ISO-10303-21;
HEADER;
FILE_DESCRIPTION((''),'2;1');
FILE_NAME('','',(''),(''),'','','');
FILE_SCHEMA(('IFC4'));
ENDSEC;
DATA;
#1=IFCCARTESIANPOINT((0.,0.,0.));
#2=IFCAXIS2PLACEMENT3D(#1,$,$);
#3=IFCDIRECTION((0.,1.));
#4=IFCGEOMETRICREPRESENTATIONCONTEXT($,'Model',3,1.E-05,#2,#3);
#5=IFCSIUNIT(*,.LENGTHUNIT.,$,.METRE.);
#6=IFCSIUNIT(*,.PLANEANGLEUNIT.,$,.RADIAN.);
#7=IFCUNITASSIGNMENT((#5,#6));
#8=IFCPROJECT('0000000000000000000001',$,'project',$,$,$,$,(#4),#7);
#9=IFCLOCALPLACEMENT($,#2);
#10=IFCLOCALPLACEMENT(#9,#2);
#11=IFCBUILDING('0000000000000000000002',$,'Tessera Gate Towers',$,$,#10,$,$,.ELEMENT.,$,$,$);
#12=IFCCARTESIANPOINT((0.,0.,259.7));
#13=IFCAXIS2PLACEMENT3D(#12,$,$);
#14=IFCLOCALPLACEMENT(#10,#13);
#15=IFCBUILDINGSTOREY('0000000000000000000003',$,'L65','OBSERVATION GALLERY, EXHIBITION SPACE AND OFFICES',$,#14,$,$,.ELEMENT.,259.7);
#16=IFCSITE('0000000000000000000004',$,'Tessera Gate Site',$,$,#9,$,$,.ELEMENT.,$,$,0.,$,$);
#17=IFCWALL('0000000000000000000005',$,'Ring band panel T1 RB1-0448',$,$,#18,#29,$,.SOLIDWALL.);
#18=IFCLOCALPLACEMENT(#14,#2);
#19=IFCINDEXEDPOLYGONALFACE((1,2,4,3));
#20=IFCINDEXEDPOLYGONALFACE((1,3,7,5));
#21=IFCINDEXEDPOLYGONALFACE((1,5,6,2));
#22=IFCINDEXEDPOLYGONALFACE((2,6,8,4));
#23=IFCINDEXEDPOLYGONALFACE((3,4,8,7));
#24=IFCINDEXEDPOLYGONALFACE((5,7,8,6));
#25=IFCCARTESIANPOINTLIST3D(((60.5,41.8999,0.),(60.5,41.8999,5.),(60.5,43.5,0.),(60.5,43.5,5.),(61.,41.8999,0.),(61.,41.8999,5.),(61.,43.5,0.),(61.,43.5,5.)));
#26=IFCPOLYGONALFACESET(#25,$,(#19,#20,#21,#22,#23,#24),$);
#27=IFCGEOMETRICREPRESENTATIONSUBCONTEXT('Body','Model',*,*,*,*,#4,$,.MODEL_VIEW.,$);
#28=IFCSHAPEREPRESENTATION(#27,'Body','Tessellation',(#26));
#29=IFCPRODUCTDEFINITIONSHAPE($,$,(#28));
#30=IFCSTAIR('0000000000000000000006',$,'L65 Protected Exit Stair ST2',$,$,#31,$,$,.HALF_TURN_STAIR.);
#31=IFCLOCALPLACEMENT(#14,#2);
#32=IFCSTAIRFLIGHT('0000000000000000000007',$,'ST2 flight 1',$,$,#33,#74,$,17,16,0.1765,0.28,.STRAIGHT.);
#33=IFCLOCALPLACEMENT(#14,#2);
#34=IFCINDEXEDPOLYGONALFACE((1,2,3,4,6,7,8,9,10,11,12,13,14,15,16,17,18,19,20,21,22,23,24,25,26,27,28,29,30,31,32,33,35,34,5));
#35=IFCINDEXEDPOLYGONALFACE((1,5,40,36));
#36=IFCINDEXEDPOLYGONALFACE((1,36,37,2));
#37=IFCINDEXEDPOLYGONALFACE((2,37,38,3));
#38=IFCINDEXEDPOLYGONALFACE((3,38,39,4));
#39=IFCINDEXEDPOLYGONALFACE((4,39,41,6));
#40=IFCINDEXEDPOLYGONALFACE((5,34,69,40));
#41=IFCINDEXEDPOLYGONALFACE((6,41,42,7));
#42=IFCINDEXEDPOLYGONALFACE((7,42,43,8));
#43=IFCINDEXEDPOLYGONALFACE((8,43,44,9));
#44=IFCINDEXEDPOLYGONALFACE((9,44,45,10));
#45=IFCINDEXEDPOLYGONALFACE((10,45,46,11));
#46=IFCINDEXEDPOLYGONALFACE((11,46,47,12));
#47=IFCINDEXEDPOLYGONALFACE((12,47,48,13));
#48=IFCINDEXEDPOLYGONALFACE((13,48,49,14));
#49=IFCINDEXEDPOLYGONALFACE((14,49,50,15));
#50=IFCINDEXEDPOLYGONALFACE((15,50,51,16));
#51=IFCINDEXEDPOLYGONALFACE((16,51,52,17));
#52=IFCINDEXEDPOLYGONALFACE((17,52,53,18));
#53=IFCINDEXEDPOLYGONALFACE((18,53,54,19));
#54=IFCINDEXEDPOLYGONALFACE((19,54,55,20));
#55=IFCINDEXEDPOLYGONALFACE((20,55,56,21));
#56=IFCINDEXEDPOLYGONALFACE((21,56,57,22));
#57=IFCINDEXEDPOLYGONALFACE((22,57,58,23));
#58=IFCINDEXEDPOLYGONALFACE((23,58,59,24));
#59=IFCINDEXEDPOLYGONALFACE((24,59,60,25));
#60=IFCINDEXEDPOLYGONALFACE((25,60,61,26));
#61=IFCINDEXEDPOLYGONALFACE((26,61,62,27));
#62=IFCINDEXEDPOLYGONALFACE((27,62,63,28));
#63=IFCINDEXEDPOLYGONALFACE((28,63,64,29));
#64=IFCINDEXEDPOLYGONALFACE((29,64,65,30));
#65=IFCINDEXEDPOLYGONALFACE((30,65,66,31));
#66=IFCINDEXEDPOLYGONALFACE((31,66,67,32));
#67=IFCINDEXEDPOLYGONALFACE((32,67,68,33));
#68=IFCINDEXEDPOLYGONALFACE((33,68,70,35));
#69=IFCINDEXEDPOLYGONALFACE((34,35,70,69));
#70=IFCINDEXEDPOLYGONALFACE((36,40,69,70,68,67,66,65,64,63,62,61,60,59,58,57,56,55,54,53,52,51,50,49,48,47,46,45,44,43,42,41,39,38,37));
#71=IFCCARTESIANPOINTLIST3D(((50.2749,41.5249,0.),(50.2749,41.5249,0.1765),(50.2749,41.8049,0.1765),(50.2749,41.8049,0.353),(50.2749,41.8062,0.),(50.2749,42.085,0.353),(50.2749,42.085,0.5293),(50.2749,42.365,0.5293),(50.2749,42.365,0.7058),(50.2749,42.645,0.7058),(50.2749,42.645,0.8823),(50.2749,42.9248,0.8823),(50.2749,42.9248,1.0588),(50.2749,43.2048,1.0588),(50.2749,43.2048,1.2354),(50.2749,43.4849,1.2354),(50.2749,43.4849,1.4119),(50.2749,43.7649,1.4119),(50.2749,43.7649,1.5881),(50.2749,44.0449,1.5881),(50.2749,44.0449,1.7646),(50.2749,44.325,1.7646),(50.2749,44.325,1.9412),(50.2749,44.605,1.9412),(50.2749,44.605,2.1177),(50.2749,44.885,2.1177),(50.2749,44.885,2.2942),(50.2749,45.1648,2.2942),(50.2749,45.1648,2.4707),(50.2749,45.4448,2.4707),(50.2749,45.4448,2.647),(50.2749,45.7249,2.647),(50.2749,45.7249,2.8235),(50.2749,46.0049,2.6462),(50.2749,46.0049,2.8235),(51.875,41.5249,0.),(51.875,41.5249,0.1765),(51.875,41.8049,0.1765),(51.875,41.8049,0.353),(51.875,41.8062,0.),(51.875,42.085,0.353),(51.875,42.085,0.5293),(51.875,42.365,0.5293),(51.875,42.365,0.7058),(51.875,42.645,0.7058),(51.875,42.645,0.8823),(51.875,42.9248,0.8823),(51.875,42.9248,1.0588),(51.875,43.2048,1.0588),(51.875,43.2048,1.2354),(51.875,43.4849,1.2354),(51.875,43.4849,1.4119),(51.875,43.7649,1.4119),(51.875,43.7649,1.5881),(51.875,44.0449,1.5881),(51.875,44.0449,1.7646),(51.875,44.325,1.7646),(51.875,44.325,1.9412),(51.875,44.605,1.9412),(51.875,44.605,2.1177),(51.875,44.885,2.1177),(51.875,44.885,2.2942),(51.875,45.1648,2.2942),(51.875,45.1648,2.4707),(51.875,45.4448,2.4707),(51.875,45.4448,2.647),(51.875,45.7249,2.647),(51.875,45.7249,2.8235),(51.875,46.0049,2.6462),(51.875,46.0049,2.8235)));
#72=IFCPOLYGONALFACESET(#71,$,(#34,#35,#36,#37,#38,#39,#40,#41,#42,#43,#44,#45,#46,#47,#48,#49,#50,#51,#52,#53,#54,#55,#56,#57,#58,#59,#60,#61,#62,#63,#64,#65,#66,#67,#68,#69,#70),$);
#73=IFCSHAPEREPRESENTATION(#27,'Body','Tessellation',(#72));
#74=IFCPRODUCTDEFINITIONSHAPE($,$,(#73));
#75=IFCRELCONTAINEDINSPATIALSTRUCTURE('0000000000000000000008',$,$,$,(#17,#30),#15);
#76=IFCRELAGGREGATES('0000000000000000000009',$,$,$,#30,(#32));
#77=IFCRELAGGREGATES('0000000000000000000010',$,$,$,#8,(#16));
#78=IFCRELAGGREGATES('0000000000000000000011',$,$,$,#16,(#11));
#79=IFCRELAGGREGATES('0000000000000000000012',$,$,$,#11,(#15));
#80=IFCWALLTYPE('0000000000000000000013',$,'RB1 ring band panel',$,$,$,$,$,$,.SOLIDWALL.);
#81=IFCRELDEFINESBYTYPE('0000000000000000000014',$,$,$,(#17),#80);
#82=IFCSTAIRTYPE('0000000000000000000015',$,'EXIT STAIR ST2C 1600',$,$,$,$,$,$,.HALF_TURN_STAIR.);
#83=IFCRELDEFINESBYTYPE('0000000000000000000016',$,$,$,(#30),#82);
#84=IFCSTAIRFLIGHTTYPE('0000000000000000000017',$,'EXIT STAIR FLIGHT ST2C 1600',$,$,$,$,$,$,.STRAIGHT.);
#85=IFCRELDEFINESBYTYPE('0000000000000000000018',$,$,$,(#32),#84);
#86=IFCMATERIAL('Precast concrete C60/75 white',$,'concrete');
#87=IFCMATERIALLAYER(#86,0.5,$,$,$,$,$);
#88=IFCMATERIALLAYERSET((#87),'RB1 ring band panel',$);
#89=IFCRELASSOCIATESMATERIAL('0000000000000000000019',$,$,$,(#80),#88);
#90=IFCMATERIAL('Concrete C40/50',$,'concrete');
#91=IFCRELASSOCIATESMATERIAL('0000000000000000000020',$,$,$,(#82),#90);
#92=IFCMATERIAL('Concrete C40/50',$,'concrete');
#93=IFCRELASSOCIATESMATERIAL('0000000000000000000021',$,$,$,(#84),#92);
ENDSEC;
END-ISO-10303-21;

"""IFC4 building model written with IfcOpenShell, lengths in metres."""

from ifc_helpers import new_model, si_unit, direction, frame, origin, place, context, subcontext, project, spatial, polyline, outline, extrude, source, transform, mapped, material, layer, layer_set, type_object, element, aggregate, save


model = new_model("IFC4")

# Units and contexts
model_context = context("Model", 3, precision=1e-05, world=origin(), true_north=direction((0.0, 1.0)))
body_context = subcontext(model_context, "Body", "Model", "MODEL_VIEW")
ifc_project = project(units=[si_unit("LENGTHUNIT", "METRE"), si_unit("PLANEANGLEUNIT", "RADIAN")], contexts=[model_context])

# Site, building, storey
site_placement = place(None, origin())
site = spatial("IfcSite", under=ifc_project, at=site_placement, Name="Tessera Gate Site", CompositionType="ELEMENT", RefElevation=0.0)
building_placement = place(site_placement, origin())
building = spatial("IfcBuilding", under=site, at=building_placement, Name="Tessera Gate Towers", CompositionType="ELEMENT")
storey_placement = place(building_placement, frame((0.0, 0.0, 259.7)))
storey = spatial("IfcBuildingStorey", under=building, at=storey_placement, Name="L65", Description="OBSERVATION GALLERY, EXHIBITION SPACE AND OFFICES", CompositionType="ELEMENT", Elevation=259.7)

# Wall
ifc_material_1 = material(Name="Precast concrete C60/75 white", Category="concrete")
ifc_layer_1 = layer(ifc_material_1, 0.5)
ifc_layer_set_1 = layer_set([ifc_layer_1], Name="RB1 ring band panel")
wall_type_1 = type_object("IfcWallType", Name="RB1 ring band panel", PredefinedType="SOLIDWALL", material=ifc_layer_set_1)
shared_shape_1 = source(origin(), body_context, "Body", "SweptSolid", [
    extrude(outline(polyline([(0.0, 0.0), (1.6001, 0.0), (1.6001, 5.0), (0.0, 5.0), (0.0, 0.0)])), frame((0.0, 0.25, 0.0), z_axis=(0.0, -1.0, 0.0), x_axis=(1.0, 0.0, 0.0)), (0.0, 0.0, 1.0), 0.5),
])
wall_1_placement = place(storey_placement, frame((60.75, 41.8999, 0.0), z_axis=(0.0, 0.0, 1.0), x_axis=(0.0, 1.0, 0.0)))
element("IfcWall", 1, at=wall_1_placement, inside=storey, type_object=wall_type_1, Name="Ring band panel T1 RB1-0448", PredefinedType="SOLIDWALL", context=body_context, shape_type="MappedRepresentation", body=[
    mapped(shared_shape_1, transform((0.0, 0.0, 0.0), scale=1.0)),
])

# Stair, stair flight
ifc_material_2 = material(Name="Concrete C40/50", Category="concrete")
stair_type = type_object("IfcStairType", Name="EXIT STAIR ST2C 1600", PredefinedType="HALF_TURN_STAIR", material=ifc_material_2)
stair_placement = place(storey_placement, origin())
stair = element("IfcStair", 2, at=stair_placement, inside=storey, type_object=stair_type, Name="L65 Protected Exit Stair ST2", PredefinedType="HALF_TURN_STAIR")
ifc_material_3 = material(Name="Concrete C40/50", Category="concrete")
stair_flight_type = type_object("IfcStairFlightType", Name="EXIT STAIR FLIGHT ST2C 1600", PredefinedType="STRAIGHT", material=ifc_material_3)
stair_flight_placement = place(storey_placement, frame((51.075, 41.5249, 0.0), z_axis=(0.0, 0.0, 1.0), x_axis=(0.0, 1.0, 0.0)))
stair_flight = element("IfcStairFlight", 3, at=stair_flight_placement, type_object=stair_flight_type, Name="ST2 flight 1", NumberOfRisers=17, NumberOfTreads=16, PredefinedType="STRAIGHT", RiserHeight=0.1765, TreadLength=0.28, context=body_context, shape_type="SweptSolid", body=[
    extrude(outline(polyline([(0.0, 0.0), (0.0, 0.1765), (0.28, 0.1765), (0.28, 0.353), (0.5601, 0.353), (0.5601, 0.5293), (0.8401, 0.5293), (0.8401, 0.7058), (1.1201, 0.7058), (1.1201, 0.8823), (1.3999, 0.8823), (1.3999, 1.0588), (1.6799, 1.0588), (1.6799, 1.2354), (1.96, 1.2354), (1.96, 1.4119), (2.24, 1.4119), (2.24, 1.5881), (2.52, 1.5881), (2.52, 1.7646), (2.8, 1.7646), (2.8, 1.9412), (3.0801, 1.9412), (3.0801, 2.1177), (3.3601, 2.1177), (3.3601, 2.2942), (3.6399, 2.2942), (3.6399, 2.4707), (3.9199, 2.4707), (3.9199, 2.647), (4.2, 2.647), (4.2, 2.8235), (4.48, 2.8235), (4.48, 3.0), (4.48, 2.6462), (0.2812, 0.0), (0.0, 0.0)])), frame((0.0, 0.8, 0.0), z_axis=(0.0, -1.0, 0.0), x_axis=(1.0, 0.0, 0.0)), (0.0, 0.0, 1.0), 1.6001),
])
aggregate(stair, [stair_flight])

save(model, "model.ifc")
